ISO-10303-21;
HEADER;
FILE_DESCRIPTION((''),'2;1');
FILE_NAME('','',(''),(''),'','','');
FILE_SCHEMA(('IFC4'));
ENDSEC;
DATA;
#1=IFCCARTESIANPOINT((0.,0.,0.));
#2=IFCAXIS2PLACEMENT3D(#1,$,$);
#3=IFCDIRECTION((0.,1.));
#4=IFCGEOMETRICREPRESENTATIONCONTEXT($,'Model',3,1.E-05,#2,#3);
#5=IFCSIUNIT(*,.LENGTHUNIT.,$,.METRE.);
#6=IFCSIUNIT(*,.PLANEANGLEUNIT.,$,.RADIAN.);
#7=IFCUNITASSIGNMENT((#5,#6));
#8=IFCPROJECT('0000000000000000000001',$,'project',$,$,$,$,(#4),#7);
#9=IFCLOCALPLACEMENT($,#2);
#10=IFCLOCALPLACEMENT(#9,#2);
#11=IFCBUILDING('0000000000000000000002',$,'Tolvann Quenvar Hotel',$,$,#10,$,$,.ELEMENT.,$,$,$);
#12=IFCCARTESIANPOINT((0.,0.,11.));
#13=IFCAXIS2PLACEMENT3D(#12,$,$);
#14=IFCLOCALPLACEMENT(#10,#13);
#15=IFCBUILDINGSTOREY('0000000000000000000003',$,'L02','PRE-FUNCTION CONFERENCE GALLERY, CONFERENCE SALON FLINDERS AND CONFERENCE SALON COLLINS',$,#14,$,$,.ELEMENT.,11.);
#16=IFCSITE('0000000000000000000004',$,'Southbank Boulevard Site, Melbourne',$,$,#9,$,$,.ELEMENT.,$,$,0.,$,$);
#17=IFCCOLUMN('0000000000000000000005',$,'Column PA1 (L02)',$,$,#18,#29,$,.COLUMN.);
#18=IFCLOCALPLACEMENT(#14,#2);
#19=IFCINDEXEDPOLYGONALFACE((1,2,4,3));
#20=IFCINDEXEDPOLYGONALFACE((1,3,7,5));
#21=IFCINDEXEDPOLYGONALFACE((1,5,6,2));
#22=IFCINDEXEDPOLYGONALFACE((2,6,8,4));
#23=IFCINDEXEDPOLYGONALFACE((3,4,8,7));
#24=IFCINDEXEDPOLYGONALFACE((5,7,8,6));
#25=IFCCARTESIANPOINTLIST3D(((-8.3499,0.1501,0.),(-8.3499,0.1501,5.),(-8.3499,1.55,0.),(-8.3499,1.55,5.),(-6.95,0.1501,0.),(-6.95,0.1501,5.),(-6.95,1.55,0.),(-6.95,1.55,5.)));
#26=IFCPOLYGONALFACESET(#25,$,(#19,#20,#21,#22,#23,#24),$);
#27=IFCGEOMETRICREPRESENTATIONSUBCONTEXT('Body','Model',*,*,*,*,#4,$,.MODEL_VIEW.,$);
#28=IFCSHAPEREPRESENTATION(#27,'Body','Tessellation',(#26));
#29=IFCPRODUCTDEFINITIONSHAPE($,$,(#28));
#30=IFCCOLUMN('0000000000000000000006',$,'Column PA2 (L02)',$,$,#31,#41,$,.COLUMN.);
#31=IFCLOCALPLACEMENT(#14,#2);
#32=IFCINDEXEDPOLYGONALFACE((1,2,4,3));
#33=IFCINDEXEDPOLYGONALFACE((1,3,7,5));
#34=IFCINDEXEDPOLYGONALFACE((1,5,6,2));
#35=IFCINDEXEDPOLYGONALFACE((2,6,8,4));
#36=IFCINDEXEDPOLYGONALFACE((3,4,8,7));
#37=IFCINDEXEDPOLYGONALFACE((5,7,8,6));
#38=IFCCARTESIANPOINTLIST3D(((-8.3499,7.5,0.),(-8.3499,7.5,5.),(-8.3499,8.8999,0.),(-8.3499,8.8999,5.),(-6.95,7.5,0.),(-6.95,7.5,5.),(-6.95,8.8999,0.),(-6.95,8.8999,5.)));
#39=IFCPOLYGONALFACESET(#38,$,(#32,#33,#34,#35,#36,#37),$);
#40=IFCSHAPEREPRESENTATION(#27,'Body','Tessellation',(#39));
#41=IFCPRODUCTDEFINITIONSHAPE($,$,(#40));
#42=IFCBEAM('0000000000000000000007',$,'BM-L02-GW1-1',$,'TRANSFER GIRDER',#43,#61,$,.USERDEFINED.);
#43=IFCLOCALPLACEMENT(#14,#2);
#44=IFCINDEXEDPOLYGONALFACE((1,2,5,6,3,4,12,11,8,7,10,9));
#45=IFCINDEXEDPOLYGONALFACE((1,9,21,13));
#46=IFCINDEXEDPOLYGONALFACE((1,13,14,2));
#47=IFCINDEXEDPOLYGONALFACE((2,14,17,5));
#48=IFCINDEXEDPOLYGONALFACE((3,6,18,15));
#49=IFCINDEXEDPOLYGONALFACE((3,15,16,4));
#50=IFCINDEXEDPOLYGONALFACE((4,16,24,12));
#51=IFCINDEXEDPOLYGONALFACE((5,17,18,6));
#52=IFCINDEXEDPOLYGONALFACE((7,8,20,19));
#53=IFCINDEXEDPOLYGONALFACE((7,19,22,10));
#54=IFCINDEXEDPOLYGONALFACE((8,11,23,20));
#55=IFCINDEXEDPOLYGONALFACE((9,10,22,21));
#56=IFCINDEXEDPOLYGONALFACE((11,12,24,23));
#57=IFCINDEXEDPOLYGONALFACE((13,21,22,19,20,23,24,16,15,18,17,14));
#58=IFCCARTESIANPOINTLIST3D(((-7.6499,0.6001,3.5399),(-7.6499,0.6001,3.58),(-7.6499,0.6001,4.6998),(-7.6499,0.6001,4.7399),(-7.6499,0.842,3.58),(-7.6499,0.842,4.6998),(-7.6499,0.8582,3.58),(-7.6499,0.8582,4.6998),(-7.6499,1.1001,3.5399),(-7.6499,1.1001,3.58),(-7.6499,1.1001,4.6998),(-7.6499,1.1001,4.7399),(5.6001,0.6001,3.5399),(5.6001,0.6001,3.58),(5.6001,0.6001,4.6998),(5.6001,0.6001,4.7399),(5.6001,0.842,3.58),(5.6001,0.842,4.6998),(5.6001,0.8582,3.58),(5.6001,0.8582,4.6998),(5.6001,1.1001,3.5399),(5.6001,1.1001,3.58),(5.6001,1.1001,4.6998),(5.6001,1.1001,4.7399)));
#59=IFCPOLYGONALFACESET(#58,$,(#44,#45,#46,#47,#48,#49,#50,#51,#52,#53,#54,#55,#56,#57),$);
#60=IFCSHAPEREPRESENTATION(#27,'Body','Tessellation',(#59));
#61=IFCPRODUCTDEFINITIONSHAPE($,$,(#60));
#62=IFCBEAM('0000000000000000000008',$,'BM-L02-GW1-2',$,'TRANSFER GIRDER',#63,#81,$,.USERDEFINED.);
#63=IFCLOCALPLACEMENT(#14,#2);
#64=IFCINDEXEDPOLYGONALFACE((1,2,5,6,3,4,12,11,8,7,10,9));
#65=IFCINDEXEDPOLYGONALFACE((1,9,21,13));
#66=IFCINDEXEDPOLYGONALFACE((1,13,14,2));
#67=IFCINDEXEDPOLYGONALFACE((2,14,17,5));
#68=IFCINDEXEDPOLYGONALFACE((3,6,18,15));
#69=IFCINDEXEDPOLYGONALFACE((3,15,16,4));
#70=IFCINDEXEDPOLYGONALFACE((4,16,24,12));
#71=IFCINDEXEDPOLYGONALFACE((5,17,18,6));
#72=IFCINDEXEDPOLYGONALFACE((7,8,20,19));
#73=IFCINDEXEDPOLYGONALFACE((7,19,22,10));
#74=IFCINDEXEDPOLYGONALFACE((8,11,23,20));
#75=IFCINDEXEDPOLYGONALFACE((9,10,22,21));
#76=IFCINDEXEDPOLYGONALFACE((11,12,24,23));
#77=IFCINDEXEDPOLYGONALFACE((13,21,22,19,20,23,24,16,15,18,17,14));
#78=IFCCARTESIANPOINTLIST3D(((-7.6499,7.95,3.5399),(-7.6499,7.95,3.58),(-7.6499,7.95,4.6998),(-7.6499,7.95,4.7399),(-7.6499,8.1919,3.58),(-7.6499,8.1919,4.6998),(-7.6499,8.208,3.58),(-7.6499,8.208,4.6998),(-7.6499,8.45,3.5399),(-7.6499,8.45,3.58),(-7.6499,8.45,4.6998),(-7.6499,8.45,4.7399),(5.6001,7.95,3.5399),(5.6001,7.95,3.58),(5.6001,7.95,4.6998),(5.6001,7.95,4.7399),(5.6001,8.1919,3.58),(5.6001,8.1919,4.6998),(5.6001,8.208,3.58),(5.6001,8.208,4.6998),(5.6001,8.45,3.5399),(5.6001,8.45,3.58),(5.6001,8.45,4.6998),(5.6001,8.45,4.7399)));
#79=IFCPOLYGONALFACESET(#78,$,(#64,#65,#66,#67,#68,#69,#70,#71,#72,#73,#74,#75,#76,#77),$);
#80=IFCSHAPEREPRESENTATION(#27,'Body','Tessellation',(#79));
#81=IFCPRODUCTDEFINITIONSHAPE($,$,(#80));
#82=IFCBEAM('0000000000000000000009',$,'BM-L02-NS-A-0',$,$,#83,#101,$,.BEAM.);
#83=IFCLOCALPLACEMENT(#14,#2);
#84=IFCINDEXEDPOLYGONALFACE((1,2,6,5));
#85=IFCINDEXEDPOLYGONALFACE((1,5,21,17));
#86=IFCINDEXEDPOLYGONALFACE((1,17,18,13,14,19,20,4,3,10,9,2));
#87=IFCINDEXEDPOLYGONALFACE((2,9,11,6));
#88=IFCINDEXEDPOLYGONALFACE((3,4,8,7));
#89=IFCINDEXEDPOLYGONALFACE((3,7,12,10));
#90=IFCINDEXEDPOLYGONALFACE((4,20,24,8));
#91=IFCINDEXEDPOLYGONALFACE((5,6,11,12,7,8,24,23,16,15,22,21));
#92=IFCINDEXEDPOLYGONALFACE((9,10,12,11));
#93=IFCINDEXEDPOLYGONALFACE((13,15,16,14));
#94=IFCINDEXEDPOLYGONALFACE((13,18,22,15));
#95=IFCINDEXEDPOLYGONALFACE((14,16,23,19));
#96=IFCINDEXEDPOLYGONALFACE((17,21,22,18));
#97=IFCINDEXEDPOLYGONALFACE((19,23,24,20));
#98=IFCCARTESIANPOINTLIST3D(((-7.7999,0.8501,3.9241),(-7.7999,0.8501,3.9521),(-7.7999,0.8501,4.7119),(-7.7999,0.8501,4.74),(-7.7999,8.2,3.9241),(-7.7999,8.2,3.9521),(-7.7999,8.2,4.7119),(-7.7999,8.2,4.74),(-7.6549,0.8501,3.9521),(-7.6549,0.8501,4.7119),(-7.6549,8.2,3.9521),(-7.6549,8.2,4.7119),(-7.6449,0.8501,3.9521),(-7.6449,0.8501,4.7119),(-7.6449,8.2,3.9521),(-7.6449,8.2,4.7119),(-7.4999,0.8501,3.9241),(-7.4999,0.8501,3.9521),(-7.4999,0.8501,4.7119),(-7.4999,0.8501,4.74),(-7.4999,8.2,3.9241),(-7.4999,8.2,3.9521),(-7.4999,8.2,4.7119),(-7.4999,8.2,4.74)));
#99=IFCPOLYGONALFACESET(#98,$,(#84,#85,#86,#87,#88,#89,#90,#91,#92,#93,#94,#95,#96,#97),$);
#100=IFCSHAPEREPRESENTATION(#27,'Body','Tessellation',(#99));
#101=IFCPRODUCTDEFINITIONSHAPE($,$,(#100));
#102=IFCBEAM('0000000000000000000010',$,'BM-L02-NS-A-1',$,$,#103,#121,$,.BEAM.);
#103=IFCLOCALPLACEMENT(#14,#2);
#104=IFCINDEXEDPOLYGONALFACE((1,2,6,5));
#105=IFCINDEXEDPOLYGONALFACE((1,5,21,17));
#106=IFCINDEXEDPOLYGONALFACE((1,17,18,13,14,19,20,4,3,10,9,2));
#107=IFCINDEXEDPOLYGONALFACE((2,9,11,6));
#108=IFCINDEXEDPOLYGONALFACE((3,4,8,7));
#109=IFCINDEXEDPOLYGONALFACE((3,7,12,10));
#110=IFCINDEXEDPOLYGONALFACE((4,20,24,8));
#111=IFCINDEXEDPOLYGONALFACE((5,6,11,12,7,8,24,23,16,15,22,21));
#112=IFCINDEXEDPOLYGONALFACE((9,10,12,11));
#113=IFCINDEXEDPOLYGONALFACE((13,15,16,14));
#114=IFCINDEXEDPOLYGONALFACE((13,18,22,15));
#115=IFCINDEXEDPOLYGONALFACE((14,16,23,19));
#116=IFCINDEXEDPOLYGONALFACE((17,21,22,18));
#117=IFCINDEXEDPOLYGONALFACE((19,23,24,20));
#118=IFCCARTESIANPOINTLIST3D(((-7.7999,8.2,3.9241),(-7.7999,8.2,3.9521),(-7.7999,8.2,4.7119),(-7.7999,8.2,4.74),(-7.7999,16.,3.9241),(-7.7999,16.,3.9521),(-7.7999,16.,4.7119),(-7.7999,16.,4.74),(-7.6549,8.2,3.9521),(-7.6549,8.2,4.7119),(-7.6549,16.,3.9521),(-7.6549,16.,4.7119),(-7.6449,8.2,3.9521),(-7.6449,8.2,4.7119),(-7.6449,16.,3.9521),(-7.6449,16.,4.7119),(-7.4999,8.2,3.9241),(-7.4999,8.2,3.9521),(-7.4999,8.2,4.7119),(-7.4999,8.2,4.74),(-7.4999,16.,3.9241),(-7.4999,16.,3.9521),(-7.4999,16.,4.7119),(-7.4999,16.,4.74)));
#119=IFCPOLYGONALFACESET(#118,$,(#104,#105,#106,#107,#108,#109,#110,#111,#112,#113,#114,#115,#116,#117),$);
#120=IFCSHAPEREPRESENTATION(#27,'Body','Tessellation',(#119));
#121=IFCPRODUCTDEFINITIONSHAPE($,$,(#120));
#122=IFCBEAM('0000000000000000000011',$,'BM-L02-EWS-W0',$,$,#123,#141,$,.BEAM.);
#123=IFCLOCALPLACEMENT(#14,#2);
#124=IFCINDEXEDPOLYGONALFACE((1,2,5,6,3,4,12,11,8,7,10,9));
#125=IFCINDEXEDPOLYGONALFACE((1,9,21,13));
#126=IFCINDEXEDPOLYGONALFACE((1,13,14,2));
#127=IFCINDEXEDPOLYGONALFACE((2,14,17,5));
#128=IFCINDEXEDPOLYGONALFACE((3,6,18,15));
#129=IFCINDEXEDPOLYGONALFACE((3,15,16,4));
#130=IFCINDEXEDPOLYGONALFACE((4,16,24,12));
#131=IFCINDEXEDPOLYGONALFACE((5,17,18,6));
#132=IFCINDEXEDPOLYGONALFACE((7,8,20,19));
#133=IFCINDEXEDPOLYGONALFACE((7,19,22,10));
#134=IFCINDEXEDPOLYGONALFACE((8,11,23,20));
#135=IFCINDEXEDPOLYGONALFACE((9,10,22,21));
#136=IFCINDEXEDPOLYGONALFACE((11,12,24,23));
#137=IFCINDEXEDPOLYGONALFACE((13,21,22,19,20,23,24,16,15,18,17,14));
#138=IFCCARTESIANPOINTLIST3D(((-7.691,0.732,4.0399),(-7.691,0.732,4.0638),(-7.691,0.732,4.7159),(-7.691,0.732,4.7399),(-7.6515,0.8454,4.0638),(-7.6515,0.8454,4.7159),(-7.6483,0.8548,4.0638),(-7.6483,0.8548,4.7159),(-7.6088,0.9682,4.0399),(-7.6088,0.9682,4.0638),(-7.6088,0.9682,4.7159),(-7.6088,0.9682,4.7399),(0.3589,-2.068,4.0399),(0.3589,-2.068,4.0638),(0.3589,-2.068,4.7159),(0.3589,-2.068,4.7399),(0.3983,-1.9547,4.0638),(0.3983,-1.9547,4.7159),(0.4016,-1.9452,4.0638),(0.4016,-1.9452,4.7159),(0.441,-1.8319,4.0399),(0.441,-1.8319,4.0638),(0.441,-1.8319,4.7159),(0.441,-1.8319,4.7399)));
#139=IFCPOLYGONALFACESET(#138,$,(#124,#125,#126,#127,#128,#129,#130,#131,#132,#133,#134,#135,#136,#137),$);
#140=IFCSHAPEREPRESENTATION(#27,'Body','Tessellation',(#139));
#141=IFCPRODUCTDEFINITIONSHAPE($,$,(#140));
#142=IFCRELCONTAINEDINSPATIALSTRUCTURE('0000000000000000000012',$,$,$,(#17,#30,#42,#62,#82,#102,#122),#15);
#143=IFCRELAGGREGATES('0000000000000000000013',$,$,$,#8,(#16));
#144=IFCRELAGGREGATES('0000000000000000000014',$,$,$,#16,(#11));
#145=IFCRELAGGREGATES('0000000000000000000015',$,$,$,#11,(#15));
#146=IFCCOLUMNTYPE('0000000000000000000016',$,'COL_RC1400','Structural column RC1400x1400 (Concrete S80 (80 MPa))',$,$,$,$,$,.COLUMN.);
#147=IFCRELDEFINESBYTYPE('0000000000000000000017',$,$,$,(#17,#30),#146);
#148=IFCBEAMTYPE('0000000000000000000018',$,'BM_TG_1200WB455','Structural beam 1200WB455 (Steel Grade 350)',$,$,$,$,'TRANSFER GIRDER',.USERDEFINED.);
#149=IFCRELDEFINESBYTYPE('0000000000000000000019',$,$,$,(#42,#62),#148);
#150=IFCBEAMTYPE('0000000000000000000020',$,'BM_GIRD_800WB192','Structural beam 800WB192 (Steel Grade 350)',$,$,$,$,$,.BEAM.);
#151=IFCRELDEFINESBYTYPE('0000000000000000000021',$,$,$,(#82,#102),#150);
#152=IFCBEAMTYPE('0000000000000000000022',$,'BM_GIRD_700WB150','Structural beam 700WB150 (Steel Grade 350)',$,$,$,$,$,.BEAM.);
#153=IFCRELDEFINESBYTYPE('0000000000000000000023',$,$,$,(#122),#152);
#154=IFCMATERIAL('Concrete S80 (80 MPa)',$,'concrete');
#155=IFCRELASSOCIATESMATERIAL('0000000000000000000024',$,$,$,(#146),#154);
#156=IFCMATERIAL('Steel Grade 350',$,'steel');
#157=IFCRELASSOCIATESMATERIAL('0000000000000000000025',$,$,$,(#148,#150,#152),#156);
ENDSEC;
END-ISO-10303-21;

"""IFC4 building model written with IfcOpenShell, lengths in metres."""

from ifc_helpers import new_model, si_unit, direction, frame, origin, origin_2d, place, context, subcontext, project, spatial, rectangle, i_section, extrude, source, transform, mapped, material, material_profile, profile_set, type_object, type_shapes, element, save


model = new_model("IFC4")

# Units and contexts
model_context = context("Model", 3, precision=1e-05, world=origin(), true_north=direction((0.0, 1.0)))
body_context = subcontext(model_context, "Body", "Model", "MODEL_VIEW")
ifc_project = project(units=[si_unit("LENGTHUNIT", "METRE"), si_unit("PLANEANGLEUNIT", "RADIAN")], contexts=[model_context])

# Site, building, storey
site_placement = place(None, origin())
site = spatial("IfcSite", under=ifc_project, at=site_placement, Name="Southbank Boulevard Site, Melbourne", CompositionType="ELEMENT", RefElevation=0.0)
building_placement = place(site_placement, origin())
building = spatial("IfcBuilding", under=site, at=building_placement, Name="Tolvann Quenvar Hotel", CompositionType="ELEMENT")
storey_placement = place(building_placement, frame((0.0, 0.0, 11.0)))
storey = spatial("IfcBuildingStorey", under=building, at=storey_placement, Name="L02", Description="PRE-FUNCTION CONFERENCE GALLERY, CONFERENCE SALON FLINDERS AND CONFERENCE SALON COLLINS", CompositionType="ELEMENT", Elevation=11.0)

# Columns
ifc_material_1 = material(Name="Concrete S80 (80 MPa)", Category="concrete")
ifc_material_profile_1 = material_profile(ifc_material_1, rectangle(XDim=1.3999, YDim=1.3999, at=origin_2d()), Name="RC1400x1400")
ifc_profile_set_1 = profile_set([ifc_material_profile_1], Name="Concrete S80 (80 MPa)")
column_type = type_object("IfcColumnType", Name="COL_RC1400", Description="Structural column RC1400x1400 (Concrete S80 (80 MPa))", PredefinedType="COLUMN", material=ifc_profile_set_1)
shared_shape_1 = source(origin(), body_context, "Body", "SweptSolid", [
    extrude(rectangle(XDim=1.3999, YDim=1.3999, at=origin_2d()), origin(), (0.0, 0.0, 1.0), 5.0),
])
type_shapes(column_type, [shared_shape_1])
for number, where, z_axis, x_axis, name in (
    (1, (-7.6499, 0.8501, 0.0), (0.0, 0.0, 1.0), (1.0, 0.0, 0.0), "Column PA1 (L02)"),
    (2, (-7.6499, 8.2, 0.0), (0.0, 0.0, 1.0), (1.0, 0.0, 0.0), "Column PA2 (L02)"),
):
    element("IfcColumn", number, at=place(storey_placement, frame(where, z_axis=z_axis, x_axis=x_axis)), inside=storey, type_object=column_type, Name=name, PredefinedType="COLUMN", context=body_context, shape_type="MappedRepresentation", body=[
        mapped(shared_shape_1, transform((0.0, 0.0, 0.0), x_axis=(1.0, 0.0, 0.0), y_axis=(0.0, 1.0, 0.0), z_axis=(0.0, 0.0, 1.0), scale=1.0)),
    ])

# Beams
ifc_material_2 = material(Name="Steel Grade 350", Category="steel")
ifc_material_profile_2 = material_profile(ifc_material_2, i_section(OverallWidth=0.5, OverallDepth=1.2, WebThickness=0.0161, FlangeThickness=0.04, at=origin_2d()), Name="1200WB455")
ifc_profile_set_2 = profile_set([ifc_material_profile_2], Name="Steel Grade 350")
beam_type_1 = type_object("IfcBeamType", Name="BM_TG_1200WB455", Description="Structural beam 1200WB455 (Steel Grade 350)", ElementType="TRANSFER GIRDER", PredefinedType="USERDEFINED", material=ifc_profile_set_2)
shared_shape_2 = source(origin(), body_context, "Body", "SweptSolid", [
    extrude(i_section(OverallWidth=0.5, OverallDepth=1.2, WebThickness=0.0161, FlangeThickness=0.04, at=origin_2d()), origin(), (0.0, 0.0, 1.0), 13.25),
])
type_shapes(beam_type_1, [shared_shape_2])
for number, where, z_axis, x_axis, name in (
    (3, (-7.6499, 0.8501, 4.1399), (1.0, 0.0, 0.0), (0.0, 1.0, 0.0), "BM-L02-GW1-1"),
    (4, (-7.6499, 8.2, 4.1399), (1.0, 0.0, 0.0), (0.0, 1.0, 0.0), "BM-L02-GW1-2"),
):
    element("IfcBeam", number, at=place(storey_placement, frame(where, z_axis=z_axis, x_axis=x_axis)), inside=storey, type_object=beam_type_1, Name=name, ObjectType="TRANSFER GIRDER", PredefinedType="USERDEFINED", context=body_context, shape_type="MappedRepresentation", body=[
        mapped(shared_shape_2, transform((0.0, 0.0, 0.0), x_axis=(1.0, 0.0, 0.0), y_axis=(0.0, 1.0, 0.0), z_axis=(0.0, 0.0, 1.0), scale=1.0)),
    ])
ifc_material_profile_3 = material_profile(ifc_material_2, i_section(OverallWidth=0.3, OverallDepth=0.8159, WebThickness=0.01, FlangeThickness=0.0281, at=origin_2d()), Name="800WB192")
ifc_profile_set_3 = profile_set([ifc_material_profile_3], Name="Steel Grade 350")
beam_type_2 = type_object("IfcBeamType", Name="BM_GIRD_800WB192", Description="Structural beam 800WB192 (Steel Grade 350)", PredefinedType="BEAM", material=ifc_profile_set_3)
shared_shape_3 = source(origin(), body_context, "Body", "SweptSolid", [
    extrude(i_section(OverallWidth=0.3, OverallDepth=0.8159, WebThickness=0.01, FlangeThickness=0.0281, at=origin_2d()), origin(), (0.0, 0.0, 1.0), 7.3499),
])
beam_1_placement = place(storey_placement, frame((-7.6499, 0.8501, 4.332), z_axis=(0.0, 1.0, 0.0), x_axis=(-1.0, 0.0, 0.0)))
element("IfcBeam", 5, at=beam_1_placement, inside=storey, type_object=beam_type_2, Name="BM-L02-NS-A-0", PredefinedType="BEAM", context=body_context, shape_type="MappedRepresentation", body=[
    mapped(shared_shape_3, transform((0.0, 0.0, 0.0), x_axis=(1.0, 0.0, 0.0), y_axis=(0.0, 1.0, 0.0), z_axis=(0.0, 0.0, 1.0), scale=1.0)),
])
shared_shape_4 = source(origin(), body_context, "Body", "SweptSolid", [
    extrude(i_section(OverallWidth=0.3, OverallDepth=0.8159, WebThickness=0.01, FlangeThickness=0.0281, at=origin_2d()), origin(), (0.0, 0.0, 1.0), 7.8),
])
type_shapes(beam_type_2, [shared_shape_3, shared_shape_4])
beam_2_placement = place(storey_placement, frame((-7.6499, 8.2, 4.332), z_axis=(0.0, 1.0, 0.0), x_axis=(-1.0, 0.0, 0.0)))
element("IfcBeam", 6, at=beam_2_placement, inside=storey, type_object=beam_type_2, Name="BM-L02-NS-A-1", PredefinedType="BEAM", context=body_context, shape_type="MappedRepresentation", body=[
    mapped(shared_shape_4, transform((0.0, 0.0, 0.0), x_axis=(1.0, 0.0, 0.0), y_axis=(0.0, 1.0, 0.0), z_axis=(0.0, 0.0, 1.0), scale=1.0)),
])
ifc_material_profile_4 = material_profile(ifc_material_2, i_section(OverallWidth=0.25, OverallDepth=0.7, WebThickness=0.01, FlangeThickness=0.0239, at=origin_2d()), Name="700WB150")
ifc_profile_set_4 = profile_set([ifc_material_profile_4], Name="Steel Grade 350")
beam_type_3 = type_object("IfcBeamType", Name="BM_GIRD_700WB150", Description="Structural beam 700WB150 (Steel Grade 350)", PredefinedType="BEAM", material=ifc_profile_set_4)
shared_shape_5 = source(origin(), body_context, "Body", "SweptSolid", [
    extrude(i_section(OverallWidth=0.25, OverallDepth=0.7, WebThickness=0.01, FlangeThickness=0.0239, at=origin_2d()), origin(), (0.0, 0.0, 1.0), 8.5229),
])
type_shapes(beam_type_3, [shared_shape_5])
beam_3_placement = place(storey_placement, frame((-7.6499, 0.8501, 4.3899), z_axis=(0.944493, -0.328533, 0.0), x_axis=(0.328533, 0.944493, 0.0)))
element("IfcBeam", 7, at=beam_3_placement, inside=storey, type_object=beam_type_3, Name="BM-L02-EWS-W0", PredefinedType="BEAM", context=body_context, shape_type="MappedRepresentation", body=[
    mapped(shared_shape_5, transform((0.0, 0.0, 0.0), x_axis=(1.0, 0.0, 0.0), y_axis=(0.0, 1.0, 0.0), z_axis=(0.0, 0.0, 1.0), scale=1.0)),
])

save(model, "model.ifc")
